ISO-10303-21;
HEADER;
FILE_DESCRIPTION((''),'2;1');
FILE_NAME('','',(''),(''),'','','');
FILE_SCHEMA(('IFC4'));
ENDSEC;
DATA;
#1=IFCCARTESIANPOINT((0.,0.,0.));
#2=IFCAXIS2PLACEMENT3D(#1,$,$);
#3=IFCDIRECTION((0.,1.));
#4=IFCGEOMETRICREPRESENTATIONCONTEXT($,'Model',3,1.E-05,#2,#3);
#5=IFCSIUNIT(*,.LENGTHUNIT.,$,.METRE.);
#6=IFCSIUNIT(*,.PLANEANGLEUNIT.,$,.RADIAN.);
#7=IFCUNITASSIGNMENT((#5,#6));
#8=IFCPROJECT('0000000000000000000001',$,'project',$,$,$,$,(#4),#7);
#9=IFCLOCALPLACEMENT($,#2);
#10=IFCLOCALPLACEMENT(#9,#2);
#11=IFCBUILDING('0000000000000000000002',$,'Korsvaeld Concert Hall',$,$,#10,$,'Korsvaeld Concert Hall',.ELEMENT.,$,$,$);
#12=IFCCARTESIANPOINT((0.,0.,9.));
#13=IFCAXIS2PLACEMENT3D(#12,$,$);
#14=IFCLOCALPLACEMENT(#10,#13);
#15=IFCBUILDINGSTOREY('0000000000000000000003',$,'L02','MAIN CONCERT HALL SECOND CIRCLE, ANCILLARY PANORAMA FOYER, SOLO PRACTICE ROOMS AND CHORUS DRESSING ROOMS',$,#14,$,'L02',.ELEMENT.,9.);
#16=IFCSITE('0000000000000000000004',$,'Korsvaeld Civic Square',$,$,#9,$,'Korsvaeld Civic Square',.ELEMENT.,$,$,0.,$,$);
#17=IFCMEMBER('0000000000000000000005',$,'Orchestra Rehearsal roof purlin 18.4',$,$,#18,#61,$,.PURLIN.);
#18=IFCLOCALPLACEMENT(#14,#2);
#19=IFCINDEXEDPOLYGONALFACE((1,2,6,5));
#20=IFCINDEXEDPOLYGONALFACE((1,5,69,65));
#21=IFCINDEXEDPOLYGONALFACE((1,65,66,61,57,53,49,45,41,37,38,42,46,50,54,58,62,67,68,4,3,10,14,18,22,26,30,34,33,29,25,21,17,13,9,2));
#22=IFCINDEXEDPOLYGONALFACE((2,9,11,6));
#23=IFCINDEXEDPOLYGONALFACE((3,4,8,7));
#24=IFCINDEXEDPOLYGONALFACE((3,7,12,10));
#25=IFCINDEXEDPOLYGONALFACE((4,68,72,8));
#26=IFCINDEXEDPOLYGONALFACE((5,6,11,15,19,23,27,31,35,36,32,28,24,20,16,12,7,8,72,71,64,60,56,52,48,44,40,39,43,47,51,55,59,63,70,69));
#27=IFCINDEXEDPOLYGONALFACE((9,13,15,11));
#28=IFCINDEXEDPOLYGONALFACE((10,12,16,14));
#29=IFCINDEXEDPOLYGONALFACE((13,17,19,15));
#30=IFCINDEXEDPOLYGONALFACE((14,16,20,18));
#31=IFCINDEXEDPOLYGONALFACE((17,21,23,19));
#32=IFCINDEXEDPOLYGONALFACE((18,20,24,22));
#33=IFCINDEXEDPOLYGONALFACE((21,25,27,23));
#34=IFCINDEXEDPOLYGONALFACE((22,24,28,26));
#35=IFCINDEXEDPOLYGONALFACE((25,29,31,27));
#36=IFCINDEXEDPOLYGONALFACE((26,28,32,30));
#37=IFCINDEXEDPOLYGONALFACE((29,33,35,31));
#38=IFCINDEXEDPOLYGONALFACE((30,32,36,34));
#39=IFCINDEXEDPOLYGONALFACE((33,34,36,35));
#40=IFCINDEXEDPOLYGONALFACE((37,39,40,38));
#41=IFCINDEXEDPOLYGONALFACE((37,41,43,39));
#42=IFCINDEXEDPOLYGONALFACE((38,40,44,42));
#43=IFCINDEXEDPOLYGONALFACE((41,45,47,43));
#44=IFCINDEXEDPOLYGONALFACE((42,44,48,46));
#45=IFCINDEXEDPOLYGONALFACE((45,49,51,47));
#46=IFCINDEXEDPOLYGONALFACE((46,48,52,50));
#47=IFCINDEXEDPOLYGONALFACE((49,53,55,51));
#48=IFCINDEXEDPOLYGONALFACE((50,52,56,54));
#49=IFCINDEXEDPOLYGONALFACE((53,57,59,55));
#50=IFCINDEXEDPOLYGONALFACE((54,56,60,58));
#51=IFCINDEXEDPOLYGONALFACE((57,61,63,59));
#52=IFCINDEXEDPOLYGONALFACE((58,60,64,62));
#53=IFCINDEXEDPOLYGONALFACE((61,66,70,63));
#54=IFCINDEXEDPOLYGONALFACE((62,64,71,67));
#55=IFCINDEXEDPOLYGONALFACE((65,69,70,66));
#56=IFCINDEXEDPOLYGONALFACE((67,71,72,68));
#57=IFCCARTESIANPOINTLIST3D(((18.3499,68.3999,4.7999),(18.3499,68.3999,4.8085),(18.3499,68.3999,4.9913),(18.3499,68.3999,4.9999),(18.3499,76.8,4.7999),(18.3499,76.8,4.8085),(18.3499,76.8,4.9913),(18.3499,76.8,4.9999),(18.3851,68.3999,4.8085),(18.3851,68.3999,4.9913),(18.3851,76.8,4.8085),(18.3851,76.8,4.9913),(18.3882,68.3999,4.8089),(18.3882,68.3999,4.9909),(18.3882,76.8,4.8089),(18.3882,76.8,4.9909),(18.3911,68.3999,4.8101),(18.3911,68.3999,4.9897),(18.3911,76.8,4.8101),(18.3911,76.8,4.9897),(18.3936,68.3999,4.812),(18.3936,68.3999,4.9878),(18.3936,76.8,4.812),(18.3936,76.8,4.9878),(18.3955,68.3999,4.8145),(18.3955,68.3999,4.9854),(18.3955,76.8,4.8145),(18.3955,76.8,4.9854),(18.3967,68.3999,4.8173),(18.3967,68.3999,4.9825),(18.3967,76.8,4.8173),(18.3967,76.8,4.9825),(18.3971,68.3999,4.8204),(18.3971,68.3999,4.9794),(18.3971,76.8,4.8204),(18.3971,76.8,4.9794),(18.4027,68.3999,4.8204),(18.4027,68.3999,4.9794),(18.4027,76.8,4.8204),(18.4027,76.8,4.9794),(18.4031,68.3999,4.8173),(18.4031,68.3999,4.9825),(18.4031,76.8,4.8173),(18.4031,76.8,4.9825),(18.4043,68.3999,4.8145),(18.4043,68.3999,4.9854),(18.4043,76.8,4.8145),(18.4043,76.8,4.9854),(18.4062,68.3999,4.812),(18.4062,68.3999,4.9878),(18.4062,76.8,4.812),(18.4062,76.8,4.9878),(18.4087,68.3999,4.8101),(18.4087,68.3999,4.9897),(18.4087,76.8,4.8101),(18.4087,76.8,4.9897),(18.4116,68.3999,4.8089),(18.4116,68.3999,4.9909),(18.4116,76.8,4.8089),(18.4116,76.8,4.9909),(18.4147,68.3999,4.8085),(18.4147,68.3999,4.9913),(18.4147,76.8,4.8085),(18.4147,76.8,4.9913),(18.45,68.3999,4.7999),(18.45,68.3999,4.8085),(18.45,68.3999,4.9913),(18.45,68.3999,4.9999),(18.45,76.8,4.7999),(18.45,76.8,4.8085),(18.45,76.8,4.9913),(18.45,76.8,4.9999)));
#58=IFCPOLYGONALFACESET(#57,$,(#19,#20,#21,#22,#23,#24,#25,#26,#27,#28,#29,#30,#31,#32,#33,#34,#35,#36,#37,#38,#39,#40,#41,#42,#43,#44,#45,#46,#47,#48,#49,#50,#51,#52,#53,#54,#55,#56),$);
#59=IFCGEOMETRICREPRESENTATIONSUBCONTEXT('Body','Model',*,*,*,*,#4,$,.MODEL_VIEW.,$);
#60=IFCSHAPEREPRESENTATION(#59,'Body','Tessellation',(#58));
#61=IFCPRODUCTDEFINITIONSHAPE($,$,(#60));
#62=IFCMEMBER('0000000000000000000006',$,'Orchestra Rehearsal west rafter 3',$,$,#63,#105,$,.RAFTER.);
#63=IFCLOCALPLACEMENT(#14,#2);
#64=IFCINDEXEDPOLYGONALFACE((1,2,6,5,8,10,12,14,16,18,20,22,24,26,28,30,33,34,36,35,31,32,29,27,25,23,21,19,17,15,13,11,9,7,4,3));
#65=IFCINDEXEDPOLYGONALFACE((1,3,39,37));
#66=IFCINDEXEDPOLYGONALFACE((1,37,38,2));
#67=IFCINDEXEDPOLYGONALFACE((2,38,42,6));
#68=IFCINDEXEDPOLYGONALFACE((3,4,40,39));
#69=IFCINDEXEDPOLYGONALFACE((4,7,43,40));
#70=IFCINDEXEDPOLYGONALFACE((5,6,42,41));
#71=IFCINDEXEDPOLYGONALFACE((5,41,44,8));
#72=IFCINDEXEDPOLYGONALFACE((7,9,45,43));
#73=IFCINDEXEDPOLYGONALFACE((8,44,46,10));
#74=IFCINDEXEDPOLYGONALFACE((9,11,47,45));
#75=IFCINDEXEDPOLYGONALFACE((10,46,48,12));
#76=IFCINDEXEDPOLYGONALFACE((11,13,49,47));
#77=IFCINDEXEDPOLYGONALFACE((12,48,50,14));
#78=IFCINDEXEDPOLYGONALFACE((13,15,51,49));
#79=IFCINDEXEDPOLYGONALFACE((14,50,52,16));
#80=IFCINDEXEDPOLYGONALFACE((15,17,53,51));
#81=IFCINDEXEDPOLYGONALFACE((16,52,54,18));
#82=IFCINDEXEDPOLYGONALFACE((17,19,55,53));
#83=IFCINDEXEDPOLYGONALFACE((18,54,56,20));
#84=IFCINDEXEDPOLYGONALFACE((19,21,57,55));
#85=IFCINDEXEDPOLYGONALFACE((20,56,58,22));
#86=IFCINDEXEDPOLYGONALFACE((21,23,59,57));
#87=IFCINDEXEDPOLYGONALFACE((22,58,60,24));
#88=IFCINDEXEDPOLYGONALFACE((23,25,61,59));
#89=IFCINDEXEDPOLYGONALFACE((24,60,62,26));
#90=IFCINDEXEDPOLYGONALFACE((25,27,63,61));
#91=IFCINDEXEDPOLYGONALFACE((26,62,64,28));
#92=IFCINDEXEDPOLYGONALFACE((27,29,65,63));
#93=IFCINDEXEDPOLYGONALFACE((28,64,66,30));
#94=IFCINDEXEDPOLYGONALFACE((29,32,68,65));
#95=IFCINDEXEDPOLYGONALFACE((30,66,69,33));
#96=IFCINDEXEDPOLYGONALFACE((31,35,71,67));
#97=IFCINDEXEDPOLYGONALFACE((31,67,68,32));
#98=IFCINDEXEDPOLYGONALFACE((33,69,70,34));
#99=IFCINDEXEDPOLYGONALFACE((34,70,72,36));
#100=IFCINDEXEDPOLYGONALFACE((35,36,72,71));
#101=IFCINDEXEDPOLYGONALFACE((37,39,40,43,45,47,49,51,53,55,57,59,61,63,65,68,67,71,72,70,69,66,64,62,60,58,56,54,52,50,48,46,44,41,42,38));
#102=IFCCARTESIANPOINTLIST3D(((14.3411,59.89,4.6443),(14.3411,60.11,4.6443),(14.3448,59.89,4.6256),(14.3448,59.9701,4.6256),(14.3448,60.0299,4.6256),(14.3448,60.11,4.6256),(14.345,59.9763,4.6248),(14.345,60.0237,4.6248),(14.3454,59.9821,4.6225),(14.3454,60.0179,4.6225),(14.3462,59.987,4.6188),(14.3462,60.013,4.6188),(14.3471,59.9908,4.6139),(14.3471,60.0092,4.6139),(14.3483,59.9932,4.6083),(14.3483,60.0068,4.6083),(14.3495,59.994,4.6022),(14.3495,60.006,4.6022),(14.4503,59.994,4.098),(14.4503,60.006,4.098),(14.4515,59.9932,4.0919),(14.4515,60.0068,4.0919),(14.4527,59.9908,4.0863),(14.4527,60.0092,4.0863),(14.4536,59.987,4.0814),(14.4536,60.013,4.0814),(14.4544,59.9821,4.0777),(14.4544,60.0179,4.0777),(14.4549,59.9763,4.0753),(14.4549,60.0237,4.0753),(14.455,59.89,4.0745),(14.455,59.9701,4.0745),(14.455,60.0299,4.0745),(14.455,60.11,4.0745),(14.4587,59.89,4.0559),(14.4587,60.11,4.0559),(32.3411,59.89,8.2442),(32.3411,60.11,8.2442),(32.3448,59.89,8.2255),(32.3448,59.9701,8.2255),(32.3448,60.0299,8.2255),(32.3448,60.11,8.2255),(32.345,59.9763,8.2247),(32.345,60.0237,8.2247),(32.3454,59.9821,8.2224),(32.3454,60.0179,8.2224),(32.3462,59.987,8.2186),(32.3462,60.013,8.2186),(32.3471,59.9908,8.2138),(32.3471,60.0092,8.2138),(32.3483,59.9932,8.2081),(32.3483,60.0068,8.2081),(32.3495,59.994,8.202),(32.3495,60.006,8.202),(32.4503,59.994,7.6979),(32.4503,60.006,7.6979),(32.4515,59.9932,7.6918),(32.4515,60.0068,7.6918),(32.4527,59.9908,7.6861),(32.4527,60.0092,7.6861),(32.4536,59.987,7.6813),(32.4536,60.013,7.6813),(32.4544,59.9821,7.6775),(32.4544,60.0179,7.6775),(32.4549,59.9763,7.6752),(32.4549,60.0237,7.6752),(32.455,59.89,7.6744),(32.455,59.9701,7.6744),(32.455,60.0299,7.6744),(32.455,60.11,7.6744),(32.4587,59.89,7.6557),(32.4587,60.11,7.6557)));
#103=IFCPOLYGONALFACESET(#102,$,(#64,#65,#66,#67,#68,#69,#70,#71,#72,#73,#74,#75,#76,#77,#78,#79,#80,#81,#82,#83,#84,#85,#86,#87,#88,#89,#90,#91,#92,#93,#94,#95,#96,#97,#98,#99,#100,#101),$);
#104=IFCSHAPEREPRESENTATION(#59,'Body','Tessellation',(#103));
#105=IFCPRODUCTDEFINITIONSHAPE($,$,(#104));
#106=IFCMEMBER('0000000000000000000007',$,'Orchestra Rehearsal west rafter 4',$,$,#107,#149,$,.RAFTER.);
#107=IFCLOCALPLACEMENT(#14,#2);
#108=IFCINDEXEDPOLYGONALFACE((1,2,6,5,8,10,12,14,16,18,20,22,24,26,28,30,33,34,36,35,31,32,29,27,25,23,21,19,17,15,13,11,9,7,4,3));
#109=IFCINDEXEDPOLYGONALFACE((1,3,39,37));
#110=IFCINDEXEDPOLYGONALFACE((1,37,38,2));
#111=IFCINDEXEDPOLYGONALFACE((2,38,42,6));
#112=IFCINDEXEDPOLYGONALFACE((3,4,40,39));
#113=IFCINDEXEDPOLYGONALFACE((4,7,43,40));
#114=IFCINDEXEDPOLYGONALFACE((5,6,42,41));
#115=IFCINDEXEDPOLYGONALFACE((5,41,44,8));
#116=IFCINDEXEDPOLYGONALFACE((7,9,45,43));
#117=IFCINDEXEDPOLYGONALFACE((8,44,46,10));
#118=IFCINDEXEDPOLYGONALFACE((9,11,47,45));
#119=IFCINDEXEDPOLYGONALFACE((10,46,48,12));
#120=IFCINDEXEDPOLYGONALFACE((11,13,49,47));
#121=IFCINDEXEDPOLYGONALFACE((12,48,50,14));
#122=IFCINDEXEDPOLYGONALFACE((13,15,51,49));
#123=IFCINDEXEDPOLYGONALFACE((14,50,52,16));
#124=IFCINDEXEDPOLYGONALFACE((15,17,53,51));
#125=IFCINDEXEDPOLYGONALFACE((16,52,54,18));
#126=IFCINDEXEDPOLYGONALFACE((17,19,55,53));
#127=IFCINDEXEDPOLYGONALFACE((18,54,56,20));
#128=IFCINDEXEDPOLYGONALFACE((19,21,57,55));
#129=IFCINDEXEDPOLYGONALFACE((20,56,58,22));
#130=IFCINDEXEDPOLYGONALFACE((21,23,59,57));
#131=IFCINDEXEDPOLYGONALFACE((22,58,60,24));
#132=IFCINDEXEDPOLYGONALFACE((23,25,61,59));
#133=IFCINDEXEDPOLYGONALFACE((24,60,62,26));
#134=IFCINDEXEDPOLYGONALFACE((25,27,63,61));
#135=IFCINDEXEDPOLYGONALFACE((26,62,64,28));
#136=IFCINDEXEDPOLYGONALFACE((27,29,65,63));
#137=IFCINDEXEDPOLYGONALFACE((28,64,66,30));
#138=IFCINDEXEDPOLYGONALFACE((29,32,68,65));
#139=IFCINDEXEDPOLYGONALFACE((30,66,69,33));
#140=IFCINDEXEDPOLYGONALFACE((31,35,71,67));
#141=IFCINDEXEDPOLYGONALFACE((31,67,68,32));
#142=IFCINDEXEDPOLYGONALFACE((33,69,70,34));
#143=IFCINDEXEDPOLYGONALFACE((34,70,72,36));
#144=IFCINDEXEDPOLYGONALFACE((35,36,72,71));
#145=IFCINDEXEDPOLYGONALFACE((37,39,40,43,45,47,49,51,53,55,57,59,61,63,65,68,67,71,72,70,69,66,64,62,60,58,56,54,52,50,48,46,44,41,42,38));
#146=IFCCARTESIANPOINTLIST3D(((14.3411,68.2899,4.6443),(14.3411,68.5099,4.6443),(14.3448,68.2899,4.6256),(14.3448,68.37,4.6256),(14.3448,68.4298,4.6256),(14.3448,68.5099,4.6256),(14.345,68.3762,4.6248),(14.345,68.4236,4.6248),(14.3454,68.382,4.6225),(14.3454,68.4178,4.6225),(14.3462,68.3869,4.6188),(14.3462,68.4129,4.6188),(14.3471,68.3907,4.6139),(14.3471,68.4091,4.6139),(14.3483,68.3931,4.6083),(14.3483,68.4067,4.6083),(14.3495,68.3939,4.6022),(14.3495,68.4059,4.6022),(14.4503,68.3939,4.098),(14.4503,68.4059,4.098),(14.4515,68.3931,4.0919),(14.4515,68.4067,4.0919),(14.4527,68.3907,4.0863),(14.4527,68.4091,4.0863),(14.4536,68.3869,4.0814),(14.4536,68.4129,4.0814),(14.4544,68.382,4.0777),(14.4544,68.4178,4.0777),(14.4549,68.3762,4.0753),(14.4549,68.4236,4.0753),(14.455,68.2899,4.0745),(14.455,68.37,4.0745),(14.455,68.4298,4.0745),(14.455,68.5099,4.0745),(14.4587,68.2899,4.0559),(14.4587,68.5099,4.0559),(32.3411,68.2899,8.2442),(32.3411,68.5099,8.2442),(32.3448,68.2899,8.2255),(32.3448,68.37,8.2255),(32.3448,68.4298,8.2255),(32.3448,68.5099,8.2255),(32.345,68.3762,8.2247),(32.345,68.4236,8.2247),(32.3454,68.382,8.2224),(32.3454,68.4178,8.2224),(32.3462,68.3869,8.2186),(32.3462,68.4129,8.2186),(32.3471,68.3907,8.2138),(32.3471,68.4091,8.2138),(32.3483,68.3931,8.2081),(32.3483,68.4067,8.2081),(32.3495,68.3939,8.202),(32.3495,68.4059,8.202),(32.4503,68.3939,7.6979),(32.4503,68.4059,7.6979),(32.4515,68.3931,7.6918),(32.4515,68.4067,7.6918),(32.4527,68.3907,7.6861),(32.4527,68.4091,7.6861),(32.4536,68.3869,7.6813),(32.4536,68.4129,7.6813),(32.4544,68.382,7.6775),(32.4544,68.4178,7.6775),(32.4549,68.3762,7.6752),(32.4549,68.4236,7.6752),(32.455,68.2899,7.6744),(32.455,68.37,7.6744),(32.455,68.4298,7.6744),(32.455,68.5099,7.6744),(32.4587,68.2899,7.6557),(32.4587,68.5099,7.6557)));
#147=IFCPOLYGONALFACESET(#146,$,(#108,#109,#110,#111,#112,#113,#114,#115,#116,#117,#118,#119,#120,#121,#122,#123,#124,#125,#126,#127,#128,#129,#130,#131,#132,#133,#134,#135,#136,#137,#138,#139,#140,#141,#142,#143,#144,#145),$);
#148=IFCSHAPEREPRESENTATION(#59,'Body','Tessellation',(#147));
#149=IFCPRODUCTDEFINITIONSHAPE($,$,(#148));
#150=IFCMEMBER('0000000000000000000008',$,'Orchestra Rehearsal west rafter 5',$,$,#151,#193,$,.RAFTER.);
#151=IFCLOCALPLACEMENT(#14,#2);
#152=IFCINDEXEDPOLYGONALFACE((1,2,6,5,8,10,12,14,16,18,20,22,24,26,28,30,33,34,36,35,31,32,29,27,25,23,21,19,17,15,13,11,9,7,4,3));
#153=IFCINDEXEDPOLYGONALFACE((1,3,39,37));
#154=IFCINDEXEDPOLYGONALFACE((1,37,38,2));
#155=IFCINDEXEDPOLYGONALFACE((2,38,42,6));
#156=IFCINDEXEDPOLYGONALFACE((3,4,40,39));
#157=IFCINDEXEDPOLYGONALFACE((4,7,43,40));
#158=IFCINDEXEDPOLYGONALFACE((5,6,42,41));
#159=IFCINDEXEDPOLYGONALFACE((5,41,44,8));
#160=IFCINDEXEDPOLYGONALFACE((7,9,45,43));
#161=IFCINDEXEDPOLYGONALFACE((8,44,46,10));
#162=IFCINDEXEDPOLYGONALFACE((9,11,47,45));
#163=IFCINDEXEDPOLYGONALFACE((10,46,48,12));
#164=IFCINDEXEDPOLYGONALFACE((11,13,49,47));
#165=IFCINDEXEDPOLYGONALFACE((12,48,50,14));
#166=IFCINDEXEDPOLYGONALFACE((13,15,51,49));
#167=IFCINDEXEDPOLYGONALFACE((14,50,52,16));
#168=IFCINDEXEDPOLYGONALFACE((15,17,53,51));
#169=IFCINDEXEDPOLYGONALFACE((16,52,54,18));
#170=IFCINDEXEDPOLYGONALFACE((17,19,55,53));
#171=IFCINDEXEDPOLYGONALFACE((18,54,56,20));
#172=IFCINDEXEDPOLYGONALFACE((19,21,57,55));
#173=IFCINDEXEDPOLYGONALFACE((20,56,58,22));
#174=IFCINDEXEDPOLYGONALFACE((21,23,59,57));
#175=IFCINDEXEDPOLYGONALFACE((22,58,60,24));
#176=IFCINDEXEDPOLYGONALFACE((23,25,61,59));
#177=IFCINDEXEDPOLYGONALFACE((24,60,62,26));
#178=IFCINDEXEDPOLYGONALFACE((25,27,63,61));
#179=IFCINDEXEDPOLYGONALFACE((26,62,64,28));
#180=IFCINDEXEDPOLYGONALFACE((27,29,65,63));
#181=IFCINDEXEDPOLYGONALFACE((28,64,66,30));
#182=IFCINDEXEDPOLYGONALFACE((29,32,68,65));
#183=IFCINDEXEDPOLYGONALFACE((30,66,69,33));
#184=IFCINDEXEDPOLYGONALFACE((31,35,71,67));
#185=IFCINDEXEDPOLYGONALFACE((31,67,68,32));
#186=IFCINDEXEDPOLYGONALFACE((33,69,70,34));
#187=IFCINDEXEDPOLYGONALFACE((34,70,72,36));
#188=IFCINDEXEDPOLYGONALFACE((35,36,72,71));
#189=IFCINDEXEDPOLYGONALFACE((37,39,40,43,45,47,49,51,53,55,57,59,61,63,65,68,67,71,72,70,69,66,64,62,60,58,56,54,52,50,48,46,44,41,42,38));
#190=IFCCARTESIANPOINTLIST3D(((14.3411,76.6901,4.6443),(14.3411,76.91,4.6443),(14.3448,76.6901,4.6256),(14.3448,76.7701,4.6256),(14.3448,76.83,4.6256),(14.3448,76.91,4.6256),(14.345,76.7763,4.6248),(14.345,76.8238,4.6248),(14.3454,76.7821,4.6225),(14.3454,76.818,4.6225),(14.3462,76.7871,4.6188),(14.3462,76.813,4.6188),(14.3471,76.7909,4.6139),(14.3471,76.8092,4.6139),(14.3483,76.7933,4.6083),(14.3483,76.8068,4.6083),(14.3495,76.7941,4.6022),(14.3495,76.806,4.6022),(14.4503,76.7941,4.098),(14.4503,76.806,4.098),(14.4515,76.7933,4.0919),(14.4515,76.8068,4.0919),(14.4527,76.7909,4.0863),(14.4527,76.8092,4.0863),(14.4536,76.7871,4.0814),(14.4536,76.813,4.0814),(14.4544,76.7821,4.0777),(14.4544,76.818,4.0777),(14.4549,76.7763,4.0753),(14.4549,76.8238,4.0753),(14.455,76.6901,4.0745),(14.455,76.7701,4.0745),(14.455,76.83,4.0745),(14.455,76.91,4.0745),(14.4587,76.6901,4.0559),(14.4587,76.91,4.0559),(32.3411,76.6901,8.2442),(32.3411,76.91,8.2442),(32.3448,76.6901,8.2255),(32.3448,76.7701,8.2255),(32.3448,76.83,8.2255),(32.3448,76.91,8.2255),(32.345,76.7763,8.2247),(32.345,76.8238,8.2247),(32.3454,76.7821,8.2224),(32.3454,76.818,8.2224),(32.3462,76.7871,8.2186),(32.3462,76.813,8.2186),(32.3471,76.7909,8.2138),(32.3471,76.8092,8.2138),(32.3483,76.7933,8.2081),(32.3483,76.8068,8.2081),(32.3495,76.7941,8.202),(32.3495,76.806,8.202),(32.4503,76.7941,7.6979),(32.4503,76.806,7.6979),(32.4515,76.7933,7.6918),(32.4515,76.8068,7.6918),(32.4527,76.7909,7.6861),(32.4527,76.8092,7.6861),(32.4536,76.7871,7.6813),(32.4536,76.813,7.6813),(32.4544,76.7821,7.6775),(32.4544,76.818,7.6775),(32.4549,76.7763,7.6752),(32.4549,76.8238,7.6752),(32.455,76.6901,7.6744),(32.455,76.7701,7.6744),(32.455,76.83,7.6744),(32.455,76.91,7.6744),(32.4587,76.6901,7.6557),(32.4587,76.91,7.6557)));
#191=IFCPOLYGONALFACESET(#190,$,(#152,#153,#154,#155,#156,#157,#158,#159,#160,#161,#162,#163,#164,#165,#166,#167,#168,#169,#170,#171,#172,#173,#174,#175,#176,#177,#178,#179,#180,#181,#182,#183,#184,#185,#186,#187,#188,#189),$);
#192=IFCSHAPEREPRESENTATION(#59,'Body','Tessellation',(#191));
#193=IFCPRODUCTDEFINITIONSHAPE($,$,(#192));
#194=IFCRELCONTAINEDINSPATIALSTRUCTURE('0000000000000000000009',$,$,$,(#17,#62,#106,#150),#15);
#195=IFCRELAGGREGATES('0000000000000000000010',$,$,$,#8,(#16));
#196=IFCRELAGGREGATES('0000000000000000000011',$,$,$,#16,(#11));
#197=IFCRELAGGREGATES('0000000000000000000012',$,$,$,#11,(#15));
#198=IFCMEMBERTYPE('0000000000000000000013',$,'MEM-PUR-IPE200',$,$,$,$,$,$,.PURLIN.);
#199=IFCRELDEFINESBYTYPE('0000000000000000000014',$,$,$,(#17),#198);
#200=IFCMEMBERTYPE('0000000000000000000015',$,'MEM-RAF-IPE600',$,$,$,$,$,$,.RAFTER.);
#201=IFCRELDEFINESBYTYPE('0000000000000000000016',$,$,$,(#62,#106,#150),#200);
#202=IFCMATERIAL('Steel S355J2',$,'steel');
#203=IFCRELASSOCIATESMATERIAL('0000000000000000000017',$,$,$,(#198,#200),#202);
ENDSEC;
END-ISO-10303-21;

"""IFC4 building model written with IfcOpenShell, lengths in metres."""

from ifc_helpers import new_model, si_unit, direction, frame, origin, origin_2d, place, context, subcontext, project, spatial, i_section, extrude, material, material_profile, profile_set, type_object, element, save


model = new_model("IFC4")

# Units and contexts
model_context = context("Model", 3, precision=1e-05, world=origin(), true_north=direction((0.0, 1.0)))
body_context = subcontext(model_context, "Body", "Model", "MODEL_VIEW")
ifc_project = project(units=[si_unit("LENGTHUNIT", "METRE"), si_unit("PLANEANGLEUNIT", "RADIAN")], contexts=[model_context])

# Site, building, storey
site_placement = place(None, origin())
site = spatial("IfcSite", under=ifc_project, at=site_placement, Name="Korsvaeld Civic Square", LongName="Korsvaeld Civic Square", CompositionType="ELEMENT", RefElevation=0.0)
building_placement = place(site_placement, origin())
building = spatial("IfcBuilding", under=site, at=building_placement, Name="Korsvaeld Concert Hall", LongName="Korsvaeld Concert Hall", CompositionType="ELEMENT")
storey_placement = place(building_placement, frame((0.0, 0.0, 9.0)))
storey = spatial("IfcBuildingStorey", under=building, at=storey_placement, Name="L02", Description="MAIN CONCERT HALL SECOND CIRCLE, ANCILLARY PANORAMA FOYER, SOLO PRACTICE ROOMS AND CHORUS DRESSING ROOMS", LongName="L02", CompositionType="ELEMENT", Elevation=9.0)

# Members
ifc_material_1 = material(Name="Steel S355J2", Category="steel")
ifc_material_profile_1 = material_profile(ifc_material_1, i_section(OverallWidth=0.1001, OverallDepth=0.2, WebThickness=0.0056, FlangeThickness=0.0085, FilletRadius=0.012, at=origin_2d()), Name="IPE 200")
ifc_profile_set_1 = profile_set([ifc_material_profile_1], Name="Steel S355J2")
member_type_1 = type_object("IfcMemberType", Name="MEM-PUR-IPE200", PredefinedType="PURLIN", material=ifc_profile_set_1)
member_1_placement = place(storey_placement, frame((18.3999, 68.3999, 4.8999), z_axis=(0.0, 1.0, 0.0), x_axis=(-1.0, 0.0, 0.0)))
element("IfcMember", 1, at=member_1_placement, inside=storey, type_object=member_type_1, Name="Orchestra Rehearsal roof purlin 18.4", PredefinedType="PURLIN", context=body_context, shape_type="SweptSolid", body=[
    extrude(i_section(OverallWidth=0.1001, OverallDepth=0.2, WebThickness=0.0056, FlangeThickness=0.0085, FilletRadius=0.012, at=origin_2d()), origin(), (0.0, 0.0, 1.0), 8.4001),
])
ifc_material_profile_2 = material_profile(ifc_material_1, i_section(OverallWidth=0.22, OverallDepth=0.6001, WebThickness=0.012, FlangeThickness=0.019, FilletRadius=0.0239, at=origin_2d()), Name="IPE 600")
ifc_profile_set_2 = profile_set([ifc_material_profile_2], Name="Steel S355J2")
member_type_2 = type_object("IfcMemberType", Name="MEM-RAF-IPE600", PredefinedType="RAFTER", material=ifc_profile_set_2)
for number, where, z_axis, x_axis, name in (
    (2, (14.3999, 60.0, 4.3501), (0.980582, 0.0, 0.196108), (0.0, 1.0, 0.0), "Orchestra Rehearsal west rafter 3"),
    (3, (14.3999, 68.3999, 4.3501), (0.980582, 0.0, 0.196108), (0.0, 1.0, 0.0), "Orchestra Rehearsal west rafter 4"),
    (4, (14.3999, 76.8, 4.3501), (0.980582, 0.0, 0.196108), (0.0, 1.0, 0.0), "Orchestra Rehearsal west rafter 5"),
):
    element("IfcMember", number, at=place(storey_placement, frame(where, z_axis=z_axis, x_axis=x_axis)), inside=storey, type_object=member_type_2, Name=name, PredefinedType="RAFTER", context=body_context, shape_type="SweptSolid", body=[
        extrude(i_section(OverallWidth=0.22, OverallDepth=0.6001, WebThickness=0.012, FlangeThickness=0.019, FilletRadius=0.0239, at=origin_2d()), origin(), (0.0, 0.0, 1.0), 18.3564),
    ])

save(model, "model.ifc")
